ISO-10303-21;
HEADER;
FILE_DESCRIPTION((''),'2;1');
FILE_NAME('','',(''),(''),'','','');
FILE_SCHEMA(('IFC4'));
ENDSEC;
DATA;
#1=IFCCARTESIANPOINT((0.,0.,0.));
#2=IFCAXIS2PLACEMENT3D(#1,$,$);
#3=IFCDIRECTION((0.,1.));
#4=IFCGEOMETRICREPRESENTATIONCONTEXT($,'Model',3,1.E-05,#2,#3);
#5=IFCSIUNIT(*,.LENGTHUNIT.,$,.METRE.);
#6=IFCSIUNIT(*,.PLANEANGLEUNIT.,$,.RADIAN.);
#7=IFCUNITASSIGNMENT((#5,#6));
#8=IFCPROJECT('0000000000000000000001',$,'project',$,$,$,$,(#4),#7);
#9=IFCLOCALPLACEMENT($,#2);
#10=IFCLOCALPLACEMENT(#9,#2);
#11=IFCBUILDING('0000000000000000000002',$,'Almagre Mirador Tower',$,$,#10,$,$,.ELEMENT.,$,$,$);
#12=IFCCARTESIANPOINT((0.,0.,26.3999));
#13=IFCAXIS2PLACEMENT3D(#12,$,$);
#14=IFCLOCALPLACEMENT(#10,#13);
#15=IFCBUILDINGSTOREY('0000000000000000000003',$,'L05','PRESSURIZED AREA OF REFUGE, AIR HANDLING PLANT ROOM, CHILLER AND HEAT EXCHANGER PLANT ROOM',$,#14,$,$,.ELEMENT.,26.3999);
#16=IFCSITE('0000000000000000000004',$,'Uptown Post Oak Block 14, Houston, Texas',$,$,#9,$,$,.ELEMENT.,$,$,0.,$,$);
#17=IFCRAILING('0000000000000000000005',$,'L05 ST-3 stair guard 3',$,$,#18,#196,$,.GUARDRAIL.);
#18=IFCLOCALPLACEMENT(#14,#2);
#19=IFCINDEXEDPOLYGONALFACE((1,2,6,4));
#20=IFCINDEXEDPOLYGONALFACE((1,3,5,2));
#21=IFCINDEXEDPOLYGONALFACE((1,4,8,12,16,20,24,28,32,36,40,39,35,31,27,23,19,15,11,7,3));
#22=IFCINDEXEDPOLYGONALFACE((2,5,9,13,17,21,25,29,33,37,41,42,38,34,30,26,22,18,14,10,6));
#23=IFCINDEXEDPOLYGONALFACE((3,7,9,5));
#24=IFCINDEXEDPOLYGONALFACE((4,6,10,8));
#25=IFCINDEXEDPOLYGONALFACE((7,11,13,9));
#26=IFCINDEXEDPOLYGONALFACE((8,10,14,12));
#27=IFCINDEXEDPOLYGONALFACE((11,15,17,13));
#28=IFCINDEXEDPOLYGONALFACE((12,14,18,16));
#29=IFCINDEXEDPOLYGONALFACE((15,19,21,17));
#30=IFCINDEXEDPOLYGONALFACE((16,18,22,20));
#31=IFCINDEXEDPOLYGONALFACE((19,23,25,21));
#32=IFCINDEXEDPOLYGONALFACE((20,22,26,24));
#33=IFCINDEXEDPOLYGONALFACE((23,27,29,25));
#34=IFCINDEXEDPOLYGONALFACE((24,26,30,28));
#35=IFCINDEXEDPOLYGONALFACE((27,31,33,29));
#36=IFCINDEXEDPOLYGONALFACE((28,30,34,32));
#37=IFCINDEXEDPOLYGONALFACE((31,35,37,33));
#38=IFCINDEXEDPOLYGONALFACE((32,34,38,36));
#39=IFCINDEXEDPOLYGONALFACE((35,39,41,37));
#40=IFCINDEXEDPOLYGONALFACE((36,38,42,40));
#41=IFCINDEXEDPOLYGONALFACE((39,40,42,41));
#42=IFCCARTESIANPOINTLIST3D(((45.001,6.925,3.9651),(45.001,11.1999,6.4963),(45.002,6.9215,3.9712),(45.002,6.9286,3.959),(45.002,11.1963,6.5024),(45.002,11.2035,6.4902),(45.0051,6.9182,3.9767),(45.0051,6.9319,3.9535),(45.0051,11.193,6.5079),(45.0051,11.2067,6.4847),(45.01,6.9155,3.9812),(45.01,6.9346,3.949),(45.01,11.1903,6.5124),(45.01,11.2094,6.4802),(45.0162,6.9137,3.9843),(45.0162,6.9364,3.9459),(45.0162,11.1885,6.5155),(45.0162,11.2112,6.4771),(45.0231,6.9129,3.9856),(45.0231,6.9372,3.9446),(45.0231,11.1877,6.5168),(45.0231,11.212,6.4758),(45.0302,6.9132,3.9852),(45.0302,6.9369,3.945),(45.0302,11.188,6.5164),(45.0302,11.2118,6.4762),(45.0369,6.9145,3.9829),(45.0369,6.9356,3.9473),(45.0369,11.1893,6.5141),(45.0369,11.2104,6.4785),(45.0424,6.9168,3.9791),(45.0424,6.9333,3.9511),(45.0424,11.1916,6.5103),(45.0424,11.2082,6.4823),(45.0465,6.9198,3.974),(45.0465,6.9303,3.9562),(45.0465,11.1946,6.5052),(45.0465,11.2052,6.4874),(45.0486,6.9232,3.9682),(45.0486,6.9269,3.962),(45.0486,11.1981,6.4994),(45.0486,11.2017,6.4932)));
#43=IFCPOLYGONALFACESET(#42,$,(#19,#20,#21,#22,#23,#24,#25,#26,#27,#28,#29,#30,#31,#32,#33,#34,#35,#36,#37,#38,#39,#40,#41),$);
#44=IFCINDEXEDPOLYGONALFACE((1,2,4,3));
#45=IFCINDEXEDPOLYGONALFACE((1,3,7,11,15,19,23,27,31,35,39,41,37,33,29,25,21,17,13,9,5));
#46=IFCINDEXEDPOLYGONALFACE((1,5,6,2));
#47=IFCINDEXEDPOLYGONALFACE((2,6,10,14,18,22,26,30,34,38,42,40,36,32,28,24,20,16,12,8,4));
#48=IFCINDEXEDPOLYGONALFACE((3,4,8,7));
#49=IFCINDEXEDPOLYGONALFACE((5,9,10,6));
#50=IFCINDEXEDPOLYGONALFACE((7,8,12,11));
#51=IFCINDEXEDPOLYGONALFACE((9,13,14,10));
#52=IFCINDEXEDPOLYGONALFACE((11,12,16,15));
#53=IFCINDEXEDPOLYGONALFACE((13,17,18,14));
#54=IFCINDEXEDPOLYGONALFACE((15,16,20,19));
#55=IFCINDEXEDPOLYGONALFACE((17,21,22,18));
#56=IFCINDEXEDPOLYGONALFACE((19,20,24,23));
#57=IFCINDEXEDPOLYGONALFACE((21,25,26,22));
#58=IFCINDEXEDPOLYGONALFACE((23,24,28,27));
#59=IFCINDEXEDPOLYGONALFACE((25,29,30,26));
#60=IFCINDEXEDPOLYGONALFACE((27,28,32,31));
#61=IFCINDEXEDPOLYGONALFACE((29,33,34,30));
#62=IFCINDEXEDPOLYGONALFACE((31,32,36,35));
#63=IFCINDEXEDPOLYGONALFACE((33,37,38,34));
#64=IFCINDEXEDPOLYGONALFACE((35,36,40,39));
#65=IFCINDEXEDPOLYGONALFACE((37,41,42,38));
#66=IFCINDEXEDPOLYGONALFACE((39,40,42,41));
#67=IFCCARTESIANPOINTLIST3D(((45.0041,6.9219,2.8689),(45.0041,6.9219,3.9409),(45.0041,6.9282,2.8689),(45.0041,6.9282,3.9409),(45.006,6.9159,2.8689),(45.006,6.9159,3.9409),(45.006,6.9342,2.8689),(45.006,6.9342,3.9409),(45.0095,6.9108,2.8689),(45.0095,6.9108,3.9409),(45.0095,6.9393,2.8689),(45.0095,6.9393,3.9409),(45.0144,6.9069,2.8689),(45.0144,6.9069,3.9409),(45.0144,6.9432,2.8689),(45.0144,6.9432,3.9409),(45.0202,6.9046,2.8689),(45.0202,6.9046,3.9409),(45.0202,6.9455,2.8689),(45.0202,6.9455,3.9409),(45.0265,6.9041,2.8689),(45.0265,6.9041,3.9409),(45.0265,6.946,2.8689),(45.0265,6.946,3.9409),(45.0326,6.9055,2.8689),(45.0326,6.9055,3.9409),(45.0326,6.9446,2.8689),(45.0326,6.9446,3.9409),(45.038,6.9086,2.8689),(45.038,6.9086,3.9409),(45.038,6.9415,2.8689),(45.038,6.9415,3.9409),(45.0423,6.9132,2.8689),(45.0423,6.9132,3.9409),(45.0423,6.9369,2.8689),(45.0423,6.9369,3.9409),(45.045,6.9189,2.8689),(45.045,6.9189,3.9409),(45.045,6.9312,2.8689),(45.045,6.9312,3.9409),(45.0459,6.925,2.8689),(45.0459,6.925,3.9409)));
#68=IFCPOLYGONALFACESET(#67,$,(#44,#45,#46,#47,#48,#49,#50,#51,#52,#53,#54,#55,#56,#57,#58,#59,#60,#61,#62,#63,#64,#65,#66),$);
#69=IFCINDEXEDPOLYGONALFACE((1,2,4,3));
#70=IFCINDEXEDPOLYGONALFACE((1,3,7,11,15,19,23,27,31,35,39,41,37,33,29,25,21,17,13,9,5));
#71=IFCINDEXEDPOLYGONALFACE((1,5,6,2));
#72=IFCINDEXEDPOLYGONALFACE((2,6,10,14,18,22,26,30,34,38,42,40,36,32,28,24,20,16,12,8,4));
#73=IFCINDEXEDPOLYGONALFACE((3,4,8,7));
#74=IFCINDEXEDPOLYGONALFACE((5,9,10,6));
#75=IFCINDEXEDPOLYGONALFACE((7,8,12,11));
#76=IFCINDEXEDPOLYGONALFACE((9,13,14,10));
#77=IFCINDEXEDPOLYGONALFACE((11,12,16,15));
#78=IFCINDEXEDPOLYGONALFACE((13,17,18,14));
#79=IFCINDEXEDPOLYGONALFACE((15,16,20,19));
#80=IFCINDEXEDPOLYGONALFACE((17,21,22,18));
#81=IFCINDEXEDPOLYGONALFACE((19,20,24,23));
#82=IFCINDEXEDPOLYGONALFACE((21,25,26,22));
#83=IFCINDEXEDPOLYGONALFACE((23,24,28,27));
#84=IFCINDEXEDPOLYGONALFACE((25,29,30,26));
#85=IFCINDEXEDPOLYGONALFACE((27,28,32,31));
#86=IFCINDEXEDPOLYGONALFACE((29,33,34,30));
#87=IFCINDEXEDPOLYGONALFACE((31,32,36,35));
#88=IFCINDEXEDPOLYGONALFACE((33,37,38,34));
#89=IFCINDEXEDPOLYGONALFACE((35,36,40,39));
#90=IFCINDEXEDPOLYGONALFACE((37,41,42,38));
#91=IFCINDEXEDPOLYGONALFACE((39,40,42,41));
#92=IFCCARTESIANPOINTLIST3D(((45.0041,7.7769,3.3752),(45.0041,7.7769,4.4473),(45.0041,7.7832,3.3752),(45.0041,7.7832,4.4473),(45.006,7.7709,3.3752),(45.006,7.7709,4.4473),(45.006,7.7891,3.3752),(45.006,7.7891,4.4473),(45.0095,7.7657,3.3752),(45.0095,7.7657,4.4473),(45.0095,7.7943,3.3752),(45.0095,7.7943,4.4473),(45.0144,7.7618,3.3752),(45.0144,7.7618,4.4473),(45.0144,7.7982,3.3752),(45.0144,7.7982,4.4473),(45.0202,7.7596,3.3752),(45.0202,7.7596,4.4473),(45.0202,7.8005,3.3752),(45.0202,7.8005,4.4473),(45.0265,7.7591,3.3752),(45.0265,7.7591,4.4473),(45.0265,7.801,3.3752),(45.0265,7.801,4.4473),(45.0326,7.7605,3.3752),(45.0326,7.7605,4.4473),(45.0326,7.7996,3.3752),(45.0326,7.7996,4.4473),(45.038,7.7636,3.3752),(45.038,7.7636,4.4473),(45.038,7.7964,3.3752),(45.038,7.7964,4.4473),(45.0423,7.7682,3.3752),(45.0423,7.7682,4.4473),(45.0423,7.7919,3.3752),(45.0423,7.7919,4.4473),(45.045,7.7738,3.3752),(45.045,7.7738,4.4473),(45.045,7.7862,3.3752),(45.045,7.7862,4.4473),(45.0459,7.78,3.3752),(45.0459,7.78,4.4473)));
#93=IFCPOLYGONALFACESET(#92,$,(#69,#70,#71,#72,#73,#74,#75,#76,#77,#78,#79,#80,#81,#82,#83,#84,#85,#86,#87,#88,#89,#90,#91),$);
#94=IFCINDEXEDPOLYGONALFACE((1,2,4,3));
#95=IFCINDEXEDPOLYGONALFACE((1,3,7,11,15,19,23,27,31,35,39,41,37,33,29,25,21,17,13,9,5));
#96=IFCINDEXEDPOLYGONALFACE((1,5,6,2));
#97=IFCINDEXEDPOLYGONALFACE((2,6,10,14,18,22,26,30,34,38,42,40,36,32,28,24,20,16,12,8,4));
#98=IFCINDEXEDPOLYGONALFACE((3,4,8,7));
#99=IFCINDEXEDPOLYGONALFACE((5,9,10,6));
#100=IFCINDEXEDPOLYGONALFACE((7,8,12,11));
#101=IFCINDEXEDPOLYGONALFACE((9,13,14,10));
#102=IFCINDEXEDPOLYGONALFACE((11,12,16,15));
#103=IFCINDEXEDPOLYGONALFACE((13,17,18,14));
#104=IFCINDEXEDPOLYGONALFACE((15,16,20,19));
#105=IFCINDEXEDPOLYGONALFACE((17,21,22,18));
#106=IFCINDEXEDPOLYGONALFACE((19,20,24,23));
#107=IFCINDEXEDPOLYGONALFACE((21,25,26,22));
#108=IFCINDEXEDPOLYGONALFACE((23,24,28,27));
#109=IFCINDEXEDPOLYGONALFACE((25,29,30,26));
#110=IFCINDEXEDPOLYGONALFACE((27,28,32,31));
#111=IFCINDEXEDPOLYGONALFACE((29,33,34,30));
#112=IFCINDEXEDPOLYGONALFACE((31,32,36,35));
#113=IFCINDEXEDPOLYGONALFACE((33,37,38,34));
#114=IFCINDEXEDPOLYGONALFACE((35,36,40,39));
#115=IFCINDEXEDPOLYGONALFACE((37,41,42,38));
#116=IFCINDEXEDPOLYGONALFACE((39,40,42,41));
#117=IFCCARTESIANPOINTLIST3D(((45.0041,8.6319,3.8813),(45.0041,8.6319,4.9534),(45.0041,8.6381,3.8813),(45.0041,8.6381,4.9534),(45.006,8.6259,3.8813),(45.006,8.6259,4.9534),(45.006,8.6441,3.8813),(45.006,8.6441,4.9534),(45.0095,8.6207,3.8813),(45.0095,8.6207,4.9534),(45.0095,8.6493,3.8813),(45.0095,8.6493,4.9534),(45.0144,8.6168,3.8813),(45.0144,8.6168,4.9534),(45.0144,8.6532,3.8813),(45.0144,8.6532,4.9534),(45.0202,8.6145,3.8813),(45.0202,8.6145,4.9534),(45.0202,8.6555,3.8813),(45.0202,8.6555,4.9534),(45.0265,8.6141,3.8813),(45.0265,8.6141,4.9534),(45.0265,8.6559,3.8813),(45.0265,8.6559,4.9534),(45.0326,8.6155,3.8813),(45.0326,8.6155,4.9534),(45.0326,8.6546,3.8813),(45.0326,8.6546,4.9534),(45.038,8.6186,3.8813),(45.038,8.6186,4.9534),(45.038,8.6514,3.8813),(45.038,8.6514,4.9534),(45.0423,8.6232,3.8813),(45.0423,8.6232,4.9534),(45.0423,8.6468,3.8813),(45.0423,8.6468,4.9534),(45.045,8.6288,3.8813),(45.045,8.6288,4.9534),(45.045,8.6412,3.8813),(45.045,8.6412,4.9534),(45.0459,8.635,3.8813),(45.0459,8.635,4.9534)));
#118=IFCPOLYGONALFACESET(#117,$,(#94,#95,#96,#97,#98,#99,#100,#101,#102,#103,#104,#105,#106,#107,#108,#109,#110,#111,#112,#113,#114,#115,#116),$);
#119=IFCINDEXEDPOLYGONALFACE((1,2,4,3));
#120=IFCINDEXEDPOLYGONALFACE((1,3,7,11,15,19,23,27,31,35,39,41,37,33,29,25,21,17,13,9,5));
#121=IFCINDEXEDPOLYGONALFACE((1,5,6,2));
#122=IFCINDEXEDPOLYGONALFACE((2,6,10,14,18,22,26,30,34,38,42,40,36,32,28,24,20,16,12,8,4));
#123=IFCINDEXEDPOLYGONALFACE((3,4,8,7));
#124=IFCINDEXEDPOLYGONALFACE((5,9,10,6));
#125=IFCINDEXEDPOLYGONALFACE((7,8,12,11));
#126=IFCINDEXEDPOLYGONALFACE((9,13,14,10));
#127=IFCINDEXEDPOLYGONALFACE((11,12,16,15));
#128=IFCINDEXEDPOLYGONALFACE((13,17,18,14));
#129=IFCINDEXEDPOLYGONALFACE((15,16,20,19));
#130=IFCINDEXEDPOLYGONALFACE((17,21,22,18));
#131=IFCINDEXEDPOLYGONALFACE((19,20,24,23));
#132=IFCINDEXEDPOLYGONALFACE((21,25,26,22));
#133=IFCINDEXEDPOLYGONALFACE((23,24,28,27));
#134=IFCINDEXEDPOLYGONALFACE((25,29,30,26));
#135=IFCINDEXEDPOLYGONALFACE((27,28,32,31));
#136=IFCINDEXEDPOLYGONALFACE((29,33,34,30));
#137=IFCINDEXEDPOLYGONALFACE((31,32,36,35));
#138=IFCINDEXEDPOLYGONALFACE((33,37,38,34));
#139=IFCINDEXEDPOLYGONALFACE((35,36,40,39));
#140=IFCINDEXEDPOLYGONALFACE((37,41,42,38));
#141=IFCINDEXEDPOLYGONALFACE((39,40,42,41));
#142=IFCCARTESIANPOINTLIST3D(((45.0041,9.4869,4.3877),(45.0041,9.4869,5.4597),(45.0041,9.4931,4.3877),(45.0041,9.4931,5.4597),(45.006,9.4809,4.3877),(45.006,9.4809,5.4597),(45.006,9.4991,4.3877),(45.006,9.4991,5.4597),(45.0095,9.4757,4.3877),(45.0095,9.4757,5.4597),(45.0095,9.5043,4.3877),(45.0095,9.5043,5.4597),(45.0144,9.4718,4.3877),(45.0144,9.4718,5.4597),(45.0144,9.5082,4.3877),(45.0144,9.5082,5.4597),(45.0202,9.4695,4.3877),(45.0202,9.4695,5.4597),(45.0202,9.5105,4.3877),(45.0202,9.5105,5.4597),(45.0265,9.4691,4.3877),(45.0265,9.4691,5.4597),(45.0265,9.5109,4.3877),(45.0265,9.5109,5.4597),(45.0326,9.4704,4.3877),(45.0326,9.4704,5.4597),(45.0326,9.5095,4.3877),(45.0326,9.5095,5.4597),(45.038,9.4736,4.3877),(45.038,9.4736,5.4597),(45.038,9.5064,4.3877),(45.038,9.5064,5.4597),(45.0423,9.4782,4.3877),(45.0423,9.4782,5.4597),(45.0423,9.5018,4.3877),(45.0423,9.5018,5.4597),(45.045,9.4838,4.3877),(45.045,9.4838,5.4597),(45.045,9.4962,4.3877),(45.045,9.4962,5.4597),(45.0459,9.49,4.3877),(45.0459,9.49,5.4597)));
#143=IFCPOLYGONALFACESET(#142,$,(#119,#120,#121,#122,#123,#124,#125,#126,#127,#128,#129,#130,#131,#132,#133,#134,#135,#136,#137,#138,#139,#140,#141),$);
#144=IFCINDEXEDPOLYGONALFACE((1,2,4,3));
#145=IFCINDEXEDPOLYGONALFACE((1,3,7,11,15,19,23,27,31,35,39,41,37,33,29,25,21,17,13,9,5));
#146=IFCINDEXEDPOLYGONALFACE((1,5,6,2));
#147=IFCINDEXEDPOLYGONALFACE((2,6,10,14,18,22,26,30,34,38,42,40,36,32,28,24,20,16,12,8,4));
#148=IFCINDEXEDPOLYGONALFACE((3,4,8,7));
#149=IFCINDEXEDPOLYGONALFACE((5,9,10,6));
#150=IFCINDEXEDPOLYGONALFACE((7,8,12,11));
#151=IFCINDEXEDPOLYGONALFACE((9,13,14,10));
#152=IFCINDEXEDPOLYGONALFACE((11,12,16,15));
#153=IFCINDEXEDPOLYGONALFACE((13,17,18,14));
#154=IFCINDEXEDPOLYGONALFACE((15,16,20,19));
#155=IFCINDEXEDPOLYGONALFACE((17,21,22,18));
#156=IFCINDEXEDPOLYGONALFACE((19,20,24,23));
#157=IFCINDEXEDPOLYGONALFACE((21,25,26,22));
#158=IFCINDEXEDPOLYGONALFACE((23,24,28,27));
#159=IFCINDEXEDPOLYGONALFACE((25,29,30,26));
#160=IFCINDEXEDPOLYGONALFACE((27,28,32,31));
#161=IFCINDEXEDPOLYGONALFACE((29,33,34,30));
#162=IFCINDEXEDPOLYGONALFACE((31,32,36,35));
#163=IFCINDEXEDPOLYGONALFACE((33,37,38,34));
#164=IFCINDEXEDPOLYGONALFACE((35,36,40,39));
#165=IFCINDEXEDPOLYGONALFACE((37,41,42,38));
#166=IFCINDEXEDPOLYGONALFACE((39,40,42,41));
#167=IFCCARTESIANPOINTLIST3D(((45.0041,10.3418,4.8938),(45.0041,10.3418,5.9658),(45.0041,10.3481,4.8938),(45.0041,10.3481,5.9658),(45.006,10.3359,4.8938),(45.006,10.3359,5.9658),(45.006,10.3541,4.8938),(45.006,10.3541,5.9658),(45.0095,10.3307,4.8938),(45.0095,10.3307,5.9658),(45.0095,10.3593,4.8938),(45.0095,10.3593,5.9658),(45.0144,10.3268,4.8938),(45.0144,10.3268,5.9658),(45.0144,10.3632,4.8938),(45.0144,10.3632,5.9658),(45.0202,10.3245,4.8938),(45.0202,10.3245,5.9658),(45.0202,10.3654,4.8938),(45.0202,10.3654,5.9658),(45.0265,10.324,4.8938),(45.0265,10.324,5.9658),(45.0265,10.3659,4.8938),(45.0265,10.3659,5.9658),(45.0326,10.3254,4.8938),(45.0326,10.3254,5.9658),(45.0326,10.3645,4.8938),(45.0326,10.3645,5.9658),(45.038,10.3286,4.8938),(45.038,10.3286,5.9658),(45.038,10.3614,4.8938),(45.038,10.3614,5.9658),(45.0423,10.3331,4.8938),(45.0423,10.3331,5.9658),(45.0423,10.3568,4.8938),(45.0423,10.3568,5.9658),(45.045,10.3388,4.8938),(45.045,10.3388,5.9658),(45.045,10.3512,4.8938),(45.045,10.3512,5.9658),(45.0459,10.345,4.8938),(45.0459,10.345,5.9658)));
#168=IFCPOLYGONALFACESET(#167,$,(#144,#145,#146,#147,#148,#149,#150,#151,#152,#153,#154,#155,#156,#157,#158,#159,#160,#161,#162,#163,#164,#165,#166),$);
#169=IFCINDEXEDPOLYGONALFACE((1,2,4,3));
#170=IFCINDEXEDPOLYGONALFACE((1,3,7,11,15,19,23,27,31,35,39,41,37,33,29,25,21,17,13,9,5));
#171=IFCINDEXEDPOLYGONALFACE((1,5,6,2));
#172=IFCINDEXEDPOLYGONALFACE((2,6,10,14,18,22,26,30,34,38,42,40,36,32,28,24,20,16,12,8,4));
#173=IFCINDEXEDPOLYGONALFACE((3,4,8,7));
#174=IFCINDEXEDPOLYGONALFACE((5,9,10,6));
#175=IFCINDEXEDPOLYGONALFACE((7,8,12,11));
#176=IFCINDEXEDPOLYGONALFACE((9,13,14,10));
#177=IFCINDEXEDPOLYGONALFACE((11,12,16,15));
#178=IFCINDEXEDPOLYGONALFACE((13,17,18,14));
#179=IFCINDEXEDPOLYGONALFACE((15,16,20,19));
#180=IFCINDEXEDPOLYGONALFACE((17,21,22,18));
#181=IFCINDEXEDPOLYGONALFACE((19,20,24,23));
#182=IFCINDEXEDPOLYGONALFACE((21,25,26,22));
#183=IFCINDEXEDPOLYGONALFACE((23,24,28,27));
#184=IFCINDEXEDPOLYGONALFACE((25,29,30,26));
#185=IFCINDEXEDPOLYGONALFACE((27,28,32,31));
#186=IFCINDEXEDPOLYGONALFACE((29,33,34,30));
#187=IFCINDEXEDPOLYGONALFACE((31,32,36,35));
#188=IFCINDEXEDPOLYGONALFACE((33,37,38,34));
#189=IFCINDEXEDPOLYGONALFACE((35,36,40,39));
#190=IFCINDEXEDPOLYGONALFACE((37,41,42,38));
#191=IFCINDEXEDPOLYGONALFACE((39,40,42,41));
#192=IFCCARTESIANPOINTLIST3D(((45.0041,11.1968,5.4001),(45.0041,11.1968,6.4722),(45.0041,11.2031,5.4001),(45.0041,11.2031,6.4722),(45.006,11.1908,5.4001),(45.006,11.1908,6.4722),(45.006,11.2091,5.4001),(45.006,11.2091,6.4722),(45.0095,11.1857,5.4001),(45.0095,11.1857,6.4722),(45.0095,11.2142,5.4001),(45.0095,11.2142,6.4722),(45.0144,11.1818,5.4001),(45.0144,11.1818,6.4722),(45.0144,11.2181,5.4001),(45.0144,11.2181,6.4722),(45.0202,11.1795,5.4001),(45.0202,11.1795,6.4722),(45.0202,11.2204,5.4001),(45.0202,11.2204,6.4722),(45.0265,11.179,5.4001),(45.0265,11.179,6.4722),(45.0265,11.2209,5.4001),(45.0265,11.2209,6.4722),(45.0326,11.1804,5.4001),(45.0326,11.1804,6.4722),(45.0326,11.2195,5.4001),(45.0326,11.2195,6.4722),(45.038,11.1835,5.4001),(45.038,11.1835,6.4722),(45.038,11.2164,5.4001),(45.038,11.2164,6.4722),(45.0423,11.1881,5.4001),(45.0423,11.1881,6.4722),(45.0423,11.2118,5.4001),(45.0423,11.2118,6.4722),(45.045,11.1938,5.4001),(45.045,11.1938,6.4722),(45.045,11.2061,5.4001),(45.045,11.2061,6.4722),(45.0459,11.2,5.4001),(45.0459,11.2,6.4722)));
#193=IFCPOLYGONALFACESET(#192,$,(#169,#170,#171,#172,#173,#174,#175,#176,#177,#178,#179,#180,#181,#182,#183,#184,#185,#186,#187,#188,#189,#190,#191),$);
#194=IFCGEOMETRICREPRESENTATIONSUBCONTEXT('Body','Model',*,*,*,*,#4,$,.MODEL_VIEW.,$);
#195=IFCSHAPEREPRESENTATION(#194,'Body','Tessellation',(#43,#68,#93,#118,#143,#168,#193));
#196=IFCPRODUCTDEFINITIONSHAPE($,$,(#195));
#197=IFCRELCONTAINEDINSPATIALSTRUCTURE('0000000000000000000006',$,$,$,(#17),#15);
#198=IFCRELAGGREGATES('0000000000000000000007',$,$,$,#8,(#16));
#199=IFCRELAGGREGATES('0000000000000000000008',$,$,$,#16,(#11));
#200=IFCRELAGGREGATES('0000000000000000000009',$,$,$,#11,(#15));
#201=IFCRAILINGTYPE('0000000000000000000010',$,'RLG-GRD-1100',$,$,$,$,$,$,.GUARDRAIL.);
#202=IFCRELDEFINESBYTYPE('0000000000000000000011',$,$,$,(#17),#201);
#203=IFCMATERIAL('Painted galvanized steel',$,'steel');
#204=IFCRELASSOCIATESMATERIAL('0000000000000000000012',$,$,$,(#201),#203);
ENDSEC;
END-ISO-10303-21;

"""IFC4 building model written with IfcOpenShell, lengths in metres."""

from ifc_helpers import new_model, si_unit, direction, frame, origin, origin_2d, place, context, subcontext, project, spatial, circle, extrude, material, type_object, element, save


model = new_model("IFC4")

# Units and contexts
model_context = context("Model", 3, precision=1e-05, world=origin(), true_north=direction((0.0, 1.0)))
body_context = subcontext(model_context, "Body", "Model", "MODEL_VIEW")
ifc_project = project(units=[si_unit("LENGTHUNIT", "METRE"), si_unit("PLANEANGLEUNIT", "RADIAN")], contexts=[model_context])

# Site, building, storey
site_placement = place(None, origin())
site = spatial("IfcSite", under=ifc_project, at=site_placement, Name="Uptown Post Oak Block 14, Houston, Texas", CompositionType="ELEMENT", RefElevation=0.0)
building_placement = place(site_placement, origin())
building = spatial("IfcBuilding", under=site, at=building_placement, Name="Almagre Mirador Tower", CompositionType="ELEMENT")
storey_placement = place(building_placement, frame((0.0, 0.0, 26.3999)))
storey = spatial("IfcBuildingStorey", under=building, at=storey_placement, Name="L05", Description="PRESSURIZED AREA OF REFUGE, AIR HANDLING PLANT ROOM, CHILLER AND HEAT EXCHANGER PLANT ROOM", CompositionType="ELEMENT", Elevation=26.3999)

# Railing
ifc_material_1 = material(Name="Painted galvanized steel", Category="steel")
railing_type_1 = type_object("IfcRailingType", Name="RLG-GRD-1100", PredefinedType="GUARDRAIL", material=ifc_material_1)
railing_1_placement = place(storey_placement, frame((45.0249, 6.925, 2.8689)))
element("IfcRailing", 1, at=railing_1_placement, inside=storey, type_object=railing_type_1, Name="L05 ST-3 stair guard 3", PredefinedType="GUARDRAIL", context=body_context, shape_type="SweptSolid", body=[
    extrude(circle(Radius=0.0239, at=origin_2d()), frame((0.0, 0.0, 1.0962), z_axis=(0.0, 0.86047, 0.509501), x_axis=(-1.0, 0.0, 0.0)), (0.0, 0.0, 1.0), 4.968),
    extrude(circle(Radius=0.021, at=origin_2d()), origin(), (0.0, 0.0, 1.0), 1.072),
    extrude(circle(Radius=0.021, at=origin_2d()), frame((0.0, 0.855, 0.5063)), (0.0, 0.0, 1.0), 1.072),
    extrude(circle(Radius=0.021, at=origin_2d()), frame((0.0, 1.71, 1.0125)), (0.0, 0.0, 1.0), 1.072),
    extrude(circle(Radius=0.021, at=origin_2d()), frame((0.0, 2.5649, 1.5188)), (0.0, 0.0, 1.0), 1.072),
    extrude(circle(Radius=0.021, at=origin_2d()), frame((0.0, 3.4199, 2.0249)), (0.0, 0.0, 1.0), 1.072),
    extrude(circle(Radius=0.021, at=origin_2d()), frame((0.0, 4.2749, 2.5312)), (0.0, 0.0, 1.0), 1.072),
])

save(model, "model.ifc")
